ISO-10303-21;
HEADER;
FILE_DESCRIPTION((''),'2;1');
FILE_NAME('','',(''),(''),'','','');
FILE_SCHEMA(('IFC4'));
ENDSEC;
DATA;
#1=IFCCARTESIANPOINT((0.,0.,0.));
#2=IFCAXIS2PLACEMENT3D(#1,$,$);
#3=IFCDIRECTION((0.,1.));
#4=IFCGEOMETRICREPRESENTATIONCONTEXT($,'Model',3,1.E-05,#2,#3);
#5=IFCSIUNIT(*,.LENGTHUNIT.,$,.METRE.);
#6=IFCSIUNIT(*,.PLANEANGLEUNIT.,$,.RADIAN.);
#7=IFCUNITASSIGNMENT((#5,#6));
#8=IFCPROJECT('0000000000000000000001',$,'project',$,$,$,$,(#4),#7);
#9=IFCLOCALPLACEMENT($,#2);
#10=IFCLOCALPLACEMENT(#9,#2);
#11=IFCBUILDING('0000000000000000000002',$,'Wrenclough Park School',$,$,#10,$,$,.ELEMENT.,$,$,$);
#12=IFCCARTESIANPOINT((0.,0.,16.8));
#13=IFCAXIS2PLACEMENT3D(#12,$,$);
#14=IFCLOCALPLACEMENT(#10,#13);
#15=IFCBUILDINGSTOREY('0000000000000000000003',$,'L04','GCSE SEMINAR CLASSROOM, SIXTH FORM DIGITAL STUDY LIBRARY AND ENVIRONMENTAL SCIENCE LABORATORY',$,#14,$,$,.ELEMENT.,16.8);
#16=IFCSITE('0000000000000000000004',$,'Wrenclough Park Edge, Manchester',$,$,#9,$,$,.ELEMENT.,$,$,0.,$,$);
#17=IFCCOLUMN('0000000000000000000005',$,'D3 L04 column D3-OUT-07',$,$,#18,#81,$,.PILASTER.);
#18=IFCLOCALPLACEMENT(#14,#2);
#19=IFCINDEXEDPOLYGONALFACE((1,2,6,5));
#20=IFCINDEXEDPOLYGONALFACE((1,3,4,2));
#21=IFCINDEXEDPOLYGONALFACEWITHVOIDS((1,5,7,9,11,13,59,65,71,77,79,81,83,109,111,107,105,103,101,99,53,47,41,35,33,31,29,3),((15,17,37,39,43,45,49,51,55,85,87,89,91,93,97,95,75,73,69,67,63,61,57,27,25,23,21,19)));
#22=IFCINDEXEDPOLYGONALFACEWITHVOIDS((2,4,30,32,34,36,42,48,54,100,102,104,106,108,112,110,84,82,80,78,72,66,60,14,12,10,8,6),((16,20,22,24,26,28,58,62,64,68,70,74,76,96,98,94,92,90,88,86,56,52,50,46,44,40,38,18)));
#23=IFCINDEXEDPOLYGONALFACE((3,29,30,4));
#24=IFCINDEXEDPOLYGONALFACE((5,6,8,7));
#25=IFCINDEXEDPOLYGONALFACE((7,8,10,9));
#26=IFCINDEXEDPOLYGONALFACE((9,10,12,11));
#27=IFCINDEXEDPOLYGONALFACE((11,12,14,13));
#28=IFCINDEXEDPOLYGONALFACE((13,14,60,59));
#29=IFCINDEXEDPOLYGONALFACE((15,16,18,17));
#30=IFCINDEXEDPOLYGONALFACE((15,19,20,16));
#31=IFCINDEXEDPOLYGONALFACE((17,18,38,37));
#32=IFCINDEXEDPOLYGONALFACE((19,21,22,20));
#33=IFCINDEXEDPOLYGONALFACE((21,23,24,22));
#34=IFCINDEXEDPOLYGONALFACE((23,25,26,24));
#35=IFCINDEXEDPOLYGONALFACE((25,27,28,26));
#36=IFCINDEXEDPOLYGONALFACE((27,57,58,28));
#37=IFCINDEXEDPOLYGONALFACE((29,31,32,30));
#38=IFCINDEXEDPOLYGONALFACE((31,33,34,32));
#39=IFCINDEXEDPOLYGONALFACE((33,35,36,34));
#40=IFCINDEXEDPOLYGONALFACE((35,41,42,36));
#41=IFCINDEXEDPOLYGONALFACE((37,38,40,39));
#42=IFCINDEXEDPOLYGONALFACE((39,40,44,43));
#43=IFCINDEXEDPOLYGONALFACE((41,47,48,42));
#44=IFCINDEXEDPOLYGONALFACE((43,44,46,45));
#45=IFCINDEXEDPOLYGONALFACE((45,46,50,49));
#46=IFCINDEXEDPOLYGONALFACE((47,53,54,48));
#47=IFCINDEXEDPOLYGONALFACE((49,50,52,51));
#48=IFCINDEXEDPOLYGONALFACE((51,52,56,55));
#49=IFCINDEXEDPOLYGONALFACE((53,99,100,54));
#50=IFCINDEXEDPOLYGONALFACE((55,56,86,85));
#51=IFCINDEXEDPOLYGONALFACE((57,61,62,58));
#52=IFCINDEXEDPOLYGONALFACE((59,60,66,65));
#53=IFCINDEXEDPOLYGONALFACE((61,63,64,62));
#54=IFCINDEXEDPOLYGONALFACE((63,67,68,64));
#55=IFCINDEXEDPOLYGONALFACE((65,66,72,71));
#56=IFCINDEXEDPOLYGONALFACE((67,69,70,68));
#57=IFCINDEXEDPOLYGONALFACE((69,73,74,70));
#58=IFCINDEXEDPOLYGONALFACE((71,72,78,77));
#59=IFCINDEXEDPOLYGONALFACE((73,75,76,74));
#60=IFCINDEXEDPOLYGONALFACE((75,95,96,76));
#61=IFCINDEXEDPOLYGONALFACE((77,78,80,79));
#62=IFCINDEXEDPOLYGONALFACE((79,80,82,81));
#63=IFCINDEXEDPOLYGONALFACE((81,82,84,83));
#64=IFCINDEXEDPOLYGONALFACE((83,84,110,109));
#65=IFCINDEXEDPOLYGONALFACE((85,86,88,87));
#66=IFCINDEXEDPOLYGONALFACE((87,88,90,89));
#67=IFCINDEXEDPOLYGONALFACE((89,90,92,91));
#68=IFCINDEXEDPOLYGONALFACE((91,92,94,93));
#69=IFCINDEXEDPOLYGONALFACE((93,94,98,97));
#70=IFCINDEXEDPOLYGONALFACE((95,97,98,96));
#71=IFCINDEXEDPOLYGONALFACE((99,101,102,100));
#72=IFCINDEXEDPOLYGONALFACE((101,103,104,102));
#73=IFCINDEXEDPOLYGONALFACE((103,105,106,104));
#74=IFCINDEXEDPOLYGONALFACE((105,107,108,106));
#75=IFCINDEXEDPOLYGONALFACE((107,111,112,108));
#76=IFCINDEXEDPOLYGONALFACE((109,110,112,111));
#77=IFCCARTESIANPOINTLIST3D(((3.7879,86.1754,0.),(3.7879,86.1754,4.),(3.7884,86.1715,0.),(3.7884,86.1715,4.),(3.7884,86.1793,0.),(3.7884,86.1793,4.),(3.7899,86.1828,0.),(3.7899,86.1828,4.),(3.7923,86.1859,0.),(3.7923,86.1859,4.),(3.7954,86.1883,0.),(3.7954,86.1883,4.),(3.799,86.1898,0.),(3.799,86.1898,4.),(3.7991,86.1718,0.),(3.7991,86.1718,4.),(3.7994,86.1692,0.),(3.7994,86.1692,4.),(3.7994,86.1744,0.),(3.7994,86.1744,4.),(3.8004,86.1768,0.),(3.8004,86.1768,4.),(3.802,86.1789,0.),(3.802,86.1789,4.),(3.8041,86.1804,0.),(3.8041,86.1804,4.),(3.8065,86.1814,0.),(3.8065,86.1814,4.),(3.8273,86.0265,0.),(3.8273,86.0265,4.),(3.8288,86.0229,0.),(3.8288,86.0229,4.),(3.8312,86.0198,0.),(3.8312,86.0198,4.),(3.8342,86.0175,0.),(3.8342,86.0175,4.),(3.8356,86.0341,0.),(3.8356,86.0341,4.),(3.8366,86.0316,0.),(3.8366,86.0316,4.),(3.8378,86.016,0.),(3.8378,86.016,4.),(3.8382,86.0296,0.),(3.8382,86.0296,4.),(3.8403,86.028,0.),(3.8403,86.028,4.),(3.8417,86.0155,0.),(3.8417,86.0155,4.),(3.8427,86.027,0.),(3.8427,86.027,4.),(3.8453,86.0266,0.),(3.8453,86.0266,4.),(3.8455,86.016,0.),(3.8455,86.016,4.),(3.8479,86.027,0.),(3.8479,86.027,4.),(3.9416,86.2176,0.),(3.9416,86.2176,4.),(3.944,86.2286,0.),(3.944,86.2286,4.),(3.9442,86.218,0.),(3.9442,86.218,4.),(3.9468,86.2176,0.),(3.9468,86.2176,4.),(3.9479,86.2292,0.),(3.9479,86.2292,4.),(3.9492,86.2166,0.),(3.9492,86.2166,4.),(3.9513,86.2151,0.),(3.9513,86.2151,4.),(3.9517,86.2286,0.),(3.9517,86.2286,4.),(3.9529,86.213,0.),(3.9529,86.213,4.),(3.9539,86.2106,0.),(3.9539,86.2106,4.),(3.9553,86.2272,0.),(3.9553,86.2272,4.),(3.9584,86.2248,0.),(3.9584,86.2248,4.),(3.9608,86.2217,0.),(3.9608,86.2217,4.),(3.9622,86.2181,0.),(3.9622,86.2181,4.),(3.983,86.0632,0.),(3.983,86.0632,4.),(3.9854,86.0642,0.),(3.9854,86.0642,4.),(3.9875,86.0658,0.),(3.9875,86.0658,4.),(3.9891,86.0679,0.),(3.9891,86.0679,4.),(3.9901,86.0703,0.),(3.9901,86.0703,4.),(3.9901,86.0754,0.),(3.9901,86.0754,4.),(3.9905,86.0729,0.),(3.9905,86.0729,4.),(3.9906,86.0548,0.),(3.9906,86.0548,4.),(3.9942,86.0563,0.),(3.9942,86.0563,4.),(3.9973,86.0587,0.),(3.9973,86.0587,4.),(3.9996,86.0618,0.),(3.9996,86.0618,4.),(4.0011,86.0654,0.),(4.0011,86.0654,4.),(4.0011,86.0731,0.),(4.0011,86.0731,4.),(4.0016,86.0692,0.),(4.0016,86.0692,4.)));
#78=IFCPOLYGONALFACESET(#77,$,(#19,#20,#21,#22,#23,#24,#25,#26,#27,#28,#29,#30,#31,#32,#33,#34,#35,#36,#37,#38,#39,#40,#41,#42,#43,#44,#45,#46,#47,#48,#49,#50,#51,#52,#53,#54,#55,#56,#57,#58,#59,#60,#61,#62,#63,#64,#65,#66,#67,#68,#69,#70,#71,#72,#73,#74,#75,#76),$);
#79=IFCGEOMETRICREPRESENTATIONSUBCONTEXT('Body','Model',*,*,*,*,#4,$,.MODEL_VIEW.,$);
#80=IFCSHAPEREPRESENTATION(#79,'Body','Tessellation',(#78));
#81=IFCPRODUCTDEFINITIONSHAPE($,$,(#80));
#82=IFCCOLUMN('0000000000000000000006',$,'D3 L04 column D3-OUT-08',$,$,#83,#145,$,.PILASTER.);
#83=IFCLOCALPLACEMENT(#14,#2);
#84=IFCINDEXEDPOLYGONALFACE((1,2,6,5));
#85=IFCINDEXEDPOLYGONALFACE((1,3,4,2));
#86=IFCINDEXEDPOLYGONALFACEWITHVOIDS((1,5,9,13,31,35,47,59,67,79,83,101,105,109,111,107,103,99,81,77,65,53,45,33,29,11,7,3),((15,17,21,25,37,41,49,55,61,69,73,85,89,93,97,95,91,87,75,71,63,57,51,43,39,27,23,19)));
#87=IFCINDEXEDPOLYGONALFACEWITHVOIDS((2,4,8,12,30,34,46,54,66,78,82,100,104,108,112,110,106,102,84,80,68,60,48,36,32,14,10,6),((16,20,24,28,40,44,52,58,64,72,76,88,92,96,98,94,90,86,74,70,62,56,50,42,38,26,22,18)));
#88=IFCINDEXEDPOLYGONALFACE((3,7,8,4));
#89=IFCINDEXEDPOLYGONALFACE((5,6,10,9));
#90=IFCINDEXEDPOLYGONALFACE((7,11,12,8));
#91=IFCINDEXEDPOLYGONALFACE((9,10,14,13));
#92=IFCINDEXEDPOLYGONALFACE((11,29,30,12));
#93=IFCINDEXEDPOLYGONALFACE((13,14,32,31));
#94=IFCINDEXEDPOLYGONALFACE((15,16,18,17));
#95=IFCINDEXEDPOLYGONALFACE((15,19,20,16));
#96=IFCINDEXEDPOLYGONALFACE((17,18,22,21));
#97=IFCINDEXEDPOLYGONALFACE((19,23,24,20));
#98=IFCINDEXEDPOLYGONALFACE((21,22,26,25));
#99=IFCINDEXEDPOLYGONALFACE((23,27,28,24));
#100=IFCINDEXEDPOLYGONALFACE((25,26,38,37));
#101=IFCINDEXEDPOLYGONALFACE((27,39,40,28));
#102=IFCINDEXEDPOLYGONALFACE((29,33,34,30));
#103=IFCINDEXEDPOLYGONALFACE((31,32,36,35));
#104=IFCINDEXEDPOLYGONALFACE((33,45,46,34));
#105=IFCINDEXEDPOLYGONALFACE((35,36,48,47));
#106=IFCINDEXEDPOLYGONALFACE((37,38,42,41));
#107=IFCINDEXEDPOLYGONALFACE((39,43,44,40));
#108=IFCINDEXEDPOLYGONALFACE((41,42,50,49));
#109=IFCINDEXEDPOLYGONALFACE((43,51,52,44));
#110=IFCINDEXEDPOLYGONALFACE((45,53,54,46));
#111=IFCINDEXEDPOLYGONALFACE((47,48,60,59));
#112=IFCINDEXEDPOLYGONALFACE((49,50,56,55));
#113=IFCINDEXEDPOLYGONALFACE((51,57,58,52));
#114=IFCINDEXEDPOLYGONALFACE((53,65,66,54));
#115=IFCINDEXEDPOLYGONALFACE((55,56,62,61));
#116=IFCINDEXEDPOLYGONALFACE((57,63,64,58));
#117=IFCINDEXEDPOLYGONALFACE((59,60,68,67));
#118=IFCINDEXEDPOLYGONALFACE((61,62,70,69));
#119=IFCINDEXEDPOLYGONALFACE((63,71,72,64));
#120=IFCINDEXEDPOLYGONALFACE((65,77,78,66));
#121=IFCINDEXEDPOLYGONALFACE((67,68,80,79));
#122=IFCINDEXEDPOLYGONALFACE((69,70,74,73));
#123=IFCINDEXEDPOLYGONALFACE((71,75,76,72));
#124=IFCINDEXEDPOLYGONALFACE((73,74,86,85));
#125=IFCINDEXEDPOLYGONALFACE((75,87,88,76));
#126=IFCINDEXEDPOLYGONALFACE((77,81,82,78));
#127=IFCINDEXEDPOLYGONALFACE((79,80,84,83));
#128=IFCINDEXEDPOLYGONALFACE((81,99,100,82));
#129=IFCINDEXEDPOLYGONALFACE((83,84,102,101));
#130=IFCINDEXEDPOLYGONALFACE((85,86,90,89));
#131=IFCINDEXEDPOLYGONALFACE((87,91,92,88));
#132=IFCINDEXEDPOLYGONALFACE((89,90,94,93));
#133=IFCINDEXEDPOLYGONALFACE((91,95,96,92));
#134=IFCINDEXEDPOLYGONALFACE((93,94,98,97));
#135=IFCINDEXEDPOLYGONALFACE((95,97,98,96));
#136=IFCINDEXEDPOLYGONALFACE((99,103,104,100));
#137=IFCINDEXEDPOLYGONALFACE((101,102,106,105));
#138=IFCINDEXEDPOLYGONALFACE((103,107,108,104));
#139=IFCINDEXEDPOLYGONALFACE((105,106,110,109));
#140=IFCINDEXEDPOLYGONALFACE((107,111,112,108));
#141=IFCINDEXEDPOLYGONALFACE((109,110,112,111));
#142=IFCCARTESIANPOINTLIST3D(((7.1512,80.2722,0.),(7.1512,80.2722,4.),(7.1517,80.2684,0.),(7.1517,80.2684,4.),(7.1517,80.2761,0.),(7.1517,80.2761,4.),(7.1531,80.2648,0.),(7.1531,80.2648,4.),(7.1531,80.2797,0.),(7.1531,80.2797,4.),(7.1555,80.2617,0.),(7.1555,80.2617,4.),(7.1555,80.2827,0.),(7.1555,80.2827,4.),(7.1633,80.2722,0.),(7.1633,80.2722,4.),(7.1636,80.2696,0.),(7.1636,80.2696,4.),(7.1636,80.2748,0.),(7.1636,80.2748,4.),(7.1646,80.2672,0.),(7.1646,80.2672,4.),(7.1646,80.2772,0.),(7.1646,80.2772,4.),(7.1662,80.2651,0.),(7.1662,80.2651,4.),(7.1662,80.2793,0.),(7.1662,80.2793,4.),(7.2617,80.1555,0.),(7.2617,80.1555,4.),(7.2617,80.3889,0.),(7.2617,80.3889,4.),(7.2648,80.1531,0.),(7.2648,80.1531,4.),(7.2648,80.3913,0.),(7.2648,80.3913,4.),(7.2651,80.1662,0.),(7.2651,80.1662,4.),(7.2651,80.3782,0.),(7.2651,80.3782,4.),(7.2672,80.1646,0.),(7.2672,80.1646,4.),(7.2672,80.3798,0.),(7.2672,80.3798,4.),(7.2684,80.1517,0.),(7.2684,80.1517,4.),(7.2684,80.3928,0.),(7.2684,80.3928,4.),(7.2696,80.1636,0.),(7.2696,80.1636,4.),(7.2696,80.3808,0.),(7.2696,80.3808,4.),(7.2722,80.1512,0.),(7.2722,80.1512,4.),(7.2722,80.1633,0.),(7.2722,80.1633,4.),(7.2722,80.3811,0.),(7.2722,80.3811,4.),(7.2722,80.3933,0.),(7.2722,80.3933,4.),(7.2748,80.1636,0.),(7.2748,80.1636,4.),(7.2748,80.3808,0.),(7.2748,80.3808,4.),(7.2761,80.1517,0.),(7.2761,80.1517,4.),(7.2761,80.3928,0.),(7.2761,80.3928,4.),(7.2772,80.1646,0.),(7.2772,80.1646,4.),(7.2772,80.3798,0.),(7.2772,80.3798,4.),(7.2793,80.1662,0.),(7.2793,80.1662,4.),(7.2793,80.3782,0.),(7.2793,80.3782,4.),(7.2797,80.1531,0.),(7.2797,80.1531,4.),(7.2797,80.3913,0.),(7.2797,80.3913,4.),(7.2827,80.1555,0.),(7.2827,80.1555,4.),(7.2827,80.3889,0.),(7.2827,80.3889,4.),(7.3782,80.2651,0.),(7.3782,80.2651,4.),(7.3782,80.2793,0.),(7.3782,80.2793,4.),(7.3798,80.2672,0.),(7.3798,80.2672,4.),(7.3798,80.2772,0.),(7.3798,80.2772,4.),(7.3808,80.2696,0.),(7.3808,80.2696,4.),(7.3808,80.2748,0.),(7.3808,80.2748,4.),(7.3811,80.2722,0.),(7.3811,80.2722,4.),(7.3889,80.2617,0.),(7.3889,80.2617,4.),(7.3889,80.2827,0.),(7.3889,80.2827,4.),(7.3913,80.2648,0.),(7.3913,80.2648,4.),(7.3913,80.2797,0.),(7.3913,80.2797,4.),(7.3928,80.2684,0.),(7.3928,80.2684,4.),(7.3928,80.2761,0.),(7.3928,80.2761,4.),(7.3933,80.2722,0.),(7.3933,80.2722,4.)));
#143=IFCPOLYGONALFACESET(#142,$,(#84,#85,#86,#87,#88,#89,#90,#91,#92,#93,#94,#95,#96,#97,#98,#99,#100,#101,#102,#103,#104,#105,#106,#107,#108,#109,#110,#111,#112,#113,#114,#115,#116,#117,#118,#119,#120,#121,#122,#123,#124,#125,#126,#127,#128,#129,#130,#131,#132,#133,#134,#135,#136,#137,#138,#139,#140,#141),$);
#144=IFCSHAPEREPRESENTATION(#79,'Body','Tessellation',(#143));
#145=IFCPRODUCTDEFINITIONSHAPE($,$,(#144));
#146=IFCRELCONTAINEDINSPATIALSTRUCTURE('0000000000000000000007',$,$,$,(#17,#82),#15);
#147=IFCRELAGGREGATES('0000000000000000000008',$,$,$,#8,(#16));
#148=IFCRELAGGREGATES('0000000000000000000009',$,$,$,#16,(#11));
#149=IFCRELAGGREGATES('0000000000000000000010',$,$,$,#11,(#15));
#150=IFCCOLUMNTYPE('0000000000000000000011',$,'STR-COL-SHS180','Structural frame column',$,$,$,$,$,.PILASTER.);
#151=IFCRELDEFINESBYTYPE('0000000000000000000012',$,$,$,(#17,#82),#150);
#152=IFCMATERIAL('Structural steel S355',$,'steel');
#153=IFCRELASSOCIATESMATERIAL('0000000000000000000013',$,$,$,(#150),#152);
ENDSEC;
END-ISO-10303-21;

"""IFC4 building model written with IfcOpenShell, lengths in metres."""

from ifc_helpers import new_model, si_unit, direction, frame, origin, origin_2d, place, context, subcontext, project, spatial, hollow_rectangle, extrude, material, material_profile, profile_set, type_object, element, save


model = new_model("IFC4")

# Units and contexts
model_context = context("Model", 3, precision=1e-05, world=origin(), true_north=direction((0.0, 1.0)))
body_context = subcontext(model_context, "Body", "Model", "MODEL_VIEW")
ifc_project = project(units=[si_unit("LENGTHUNIT", "METRE"), si_unit("PLANEANGLEUNIT", "RADIAN")], contexts=[model_context])

# Site, building, storey
site_placement = place(None, origin())
site = spatial("IfcSite", under=ifc_project, at=site_placement, Name="Wrenclough Park Edge, Manchester", CompositionType="ELEMENT", RefElevation=0.0)
building_placement = place(site_placement, origin())
building = spatial("IfcBuilding", under=site, at=building_placement, Name="Wrenclough Park School", CompositionType="ELEMENT")
storey_placement = place(building_placement, frame((0.0, 0.0, 16.8)))
storey = spatial("IfcBuildingStorey", under=building, at=storey_placement, Name="L04", Description="GCSE SEMINAR CLASSROOM, SIXTH FORM DIGITAL STUDY LIBRARY AND ENVIRONMENTAL SCIENCE LABORATORY", CompositionType="ELEMENT", Elevation=16.8)

# Columns
ifc_material_1 = material(Name="Structural steel S355", Category="steel")
ifc_material_profile_1 = material_profile(ifc_material_1, hollow_rectangle(XDim=0.1799, YDim=0.1799, WallThickness=0.01, InnerFilletRadius=0.01, OuterFilletRadius=0.0149, at=origin_2d()), Name="SHS 180x180x10.0")
ifc_profile_set_1 = profile_set([ifc_material_profile_1], Name="Structural steel S355")
column_type = type_object("IfcColumnType", Name="STR-COL-SHS180", Description="Structural frame column", PredefinedType="PILASTER", material=ifc_profile_set_1)
for number, where, z_axis, x_axis, name in (
    (1, (3.8948, 86.1223, 0.0), (0.0, 0.0, 1.0), (0.258819, -0.965926, 0.0), "D3 L04 column D3-OUT-07"),
    (2, (7.2722, 80.2722, 0.0), (0.0, 0.0, 1.0), (0.707107, -0.707107, 0.0), "D3 L04 column D3-OUT-08"),
):
    element("IfcColumn", number, at=place(storey_placement, frame(where, z_axis=z_axis, x_axis=x_axis)), inside=storey, type_object=column_type, Name=name, PredefinedType="PILASTER", context=body_context, shape_type="SweptSolid", body=[
        extrude(hollow_rectangle(XDim=0.1799, YDim=0.1799, WallThickness=0.01, InnerFilletRadius=0.01, OuterFilletRadius=0.0149, at=origin_2d()), origin(), (0.0, 0.0, 1.0), 4.0),
    ])

save(model, "model.ifc")
